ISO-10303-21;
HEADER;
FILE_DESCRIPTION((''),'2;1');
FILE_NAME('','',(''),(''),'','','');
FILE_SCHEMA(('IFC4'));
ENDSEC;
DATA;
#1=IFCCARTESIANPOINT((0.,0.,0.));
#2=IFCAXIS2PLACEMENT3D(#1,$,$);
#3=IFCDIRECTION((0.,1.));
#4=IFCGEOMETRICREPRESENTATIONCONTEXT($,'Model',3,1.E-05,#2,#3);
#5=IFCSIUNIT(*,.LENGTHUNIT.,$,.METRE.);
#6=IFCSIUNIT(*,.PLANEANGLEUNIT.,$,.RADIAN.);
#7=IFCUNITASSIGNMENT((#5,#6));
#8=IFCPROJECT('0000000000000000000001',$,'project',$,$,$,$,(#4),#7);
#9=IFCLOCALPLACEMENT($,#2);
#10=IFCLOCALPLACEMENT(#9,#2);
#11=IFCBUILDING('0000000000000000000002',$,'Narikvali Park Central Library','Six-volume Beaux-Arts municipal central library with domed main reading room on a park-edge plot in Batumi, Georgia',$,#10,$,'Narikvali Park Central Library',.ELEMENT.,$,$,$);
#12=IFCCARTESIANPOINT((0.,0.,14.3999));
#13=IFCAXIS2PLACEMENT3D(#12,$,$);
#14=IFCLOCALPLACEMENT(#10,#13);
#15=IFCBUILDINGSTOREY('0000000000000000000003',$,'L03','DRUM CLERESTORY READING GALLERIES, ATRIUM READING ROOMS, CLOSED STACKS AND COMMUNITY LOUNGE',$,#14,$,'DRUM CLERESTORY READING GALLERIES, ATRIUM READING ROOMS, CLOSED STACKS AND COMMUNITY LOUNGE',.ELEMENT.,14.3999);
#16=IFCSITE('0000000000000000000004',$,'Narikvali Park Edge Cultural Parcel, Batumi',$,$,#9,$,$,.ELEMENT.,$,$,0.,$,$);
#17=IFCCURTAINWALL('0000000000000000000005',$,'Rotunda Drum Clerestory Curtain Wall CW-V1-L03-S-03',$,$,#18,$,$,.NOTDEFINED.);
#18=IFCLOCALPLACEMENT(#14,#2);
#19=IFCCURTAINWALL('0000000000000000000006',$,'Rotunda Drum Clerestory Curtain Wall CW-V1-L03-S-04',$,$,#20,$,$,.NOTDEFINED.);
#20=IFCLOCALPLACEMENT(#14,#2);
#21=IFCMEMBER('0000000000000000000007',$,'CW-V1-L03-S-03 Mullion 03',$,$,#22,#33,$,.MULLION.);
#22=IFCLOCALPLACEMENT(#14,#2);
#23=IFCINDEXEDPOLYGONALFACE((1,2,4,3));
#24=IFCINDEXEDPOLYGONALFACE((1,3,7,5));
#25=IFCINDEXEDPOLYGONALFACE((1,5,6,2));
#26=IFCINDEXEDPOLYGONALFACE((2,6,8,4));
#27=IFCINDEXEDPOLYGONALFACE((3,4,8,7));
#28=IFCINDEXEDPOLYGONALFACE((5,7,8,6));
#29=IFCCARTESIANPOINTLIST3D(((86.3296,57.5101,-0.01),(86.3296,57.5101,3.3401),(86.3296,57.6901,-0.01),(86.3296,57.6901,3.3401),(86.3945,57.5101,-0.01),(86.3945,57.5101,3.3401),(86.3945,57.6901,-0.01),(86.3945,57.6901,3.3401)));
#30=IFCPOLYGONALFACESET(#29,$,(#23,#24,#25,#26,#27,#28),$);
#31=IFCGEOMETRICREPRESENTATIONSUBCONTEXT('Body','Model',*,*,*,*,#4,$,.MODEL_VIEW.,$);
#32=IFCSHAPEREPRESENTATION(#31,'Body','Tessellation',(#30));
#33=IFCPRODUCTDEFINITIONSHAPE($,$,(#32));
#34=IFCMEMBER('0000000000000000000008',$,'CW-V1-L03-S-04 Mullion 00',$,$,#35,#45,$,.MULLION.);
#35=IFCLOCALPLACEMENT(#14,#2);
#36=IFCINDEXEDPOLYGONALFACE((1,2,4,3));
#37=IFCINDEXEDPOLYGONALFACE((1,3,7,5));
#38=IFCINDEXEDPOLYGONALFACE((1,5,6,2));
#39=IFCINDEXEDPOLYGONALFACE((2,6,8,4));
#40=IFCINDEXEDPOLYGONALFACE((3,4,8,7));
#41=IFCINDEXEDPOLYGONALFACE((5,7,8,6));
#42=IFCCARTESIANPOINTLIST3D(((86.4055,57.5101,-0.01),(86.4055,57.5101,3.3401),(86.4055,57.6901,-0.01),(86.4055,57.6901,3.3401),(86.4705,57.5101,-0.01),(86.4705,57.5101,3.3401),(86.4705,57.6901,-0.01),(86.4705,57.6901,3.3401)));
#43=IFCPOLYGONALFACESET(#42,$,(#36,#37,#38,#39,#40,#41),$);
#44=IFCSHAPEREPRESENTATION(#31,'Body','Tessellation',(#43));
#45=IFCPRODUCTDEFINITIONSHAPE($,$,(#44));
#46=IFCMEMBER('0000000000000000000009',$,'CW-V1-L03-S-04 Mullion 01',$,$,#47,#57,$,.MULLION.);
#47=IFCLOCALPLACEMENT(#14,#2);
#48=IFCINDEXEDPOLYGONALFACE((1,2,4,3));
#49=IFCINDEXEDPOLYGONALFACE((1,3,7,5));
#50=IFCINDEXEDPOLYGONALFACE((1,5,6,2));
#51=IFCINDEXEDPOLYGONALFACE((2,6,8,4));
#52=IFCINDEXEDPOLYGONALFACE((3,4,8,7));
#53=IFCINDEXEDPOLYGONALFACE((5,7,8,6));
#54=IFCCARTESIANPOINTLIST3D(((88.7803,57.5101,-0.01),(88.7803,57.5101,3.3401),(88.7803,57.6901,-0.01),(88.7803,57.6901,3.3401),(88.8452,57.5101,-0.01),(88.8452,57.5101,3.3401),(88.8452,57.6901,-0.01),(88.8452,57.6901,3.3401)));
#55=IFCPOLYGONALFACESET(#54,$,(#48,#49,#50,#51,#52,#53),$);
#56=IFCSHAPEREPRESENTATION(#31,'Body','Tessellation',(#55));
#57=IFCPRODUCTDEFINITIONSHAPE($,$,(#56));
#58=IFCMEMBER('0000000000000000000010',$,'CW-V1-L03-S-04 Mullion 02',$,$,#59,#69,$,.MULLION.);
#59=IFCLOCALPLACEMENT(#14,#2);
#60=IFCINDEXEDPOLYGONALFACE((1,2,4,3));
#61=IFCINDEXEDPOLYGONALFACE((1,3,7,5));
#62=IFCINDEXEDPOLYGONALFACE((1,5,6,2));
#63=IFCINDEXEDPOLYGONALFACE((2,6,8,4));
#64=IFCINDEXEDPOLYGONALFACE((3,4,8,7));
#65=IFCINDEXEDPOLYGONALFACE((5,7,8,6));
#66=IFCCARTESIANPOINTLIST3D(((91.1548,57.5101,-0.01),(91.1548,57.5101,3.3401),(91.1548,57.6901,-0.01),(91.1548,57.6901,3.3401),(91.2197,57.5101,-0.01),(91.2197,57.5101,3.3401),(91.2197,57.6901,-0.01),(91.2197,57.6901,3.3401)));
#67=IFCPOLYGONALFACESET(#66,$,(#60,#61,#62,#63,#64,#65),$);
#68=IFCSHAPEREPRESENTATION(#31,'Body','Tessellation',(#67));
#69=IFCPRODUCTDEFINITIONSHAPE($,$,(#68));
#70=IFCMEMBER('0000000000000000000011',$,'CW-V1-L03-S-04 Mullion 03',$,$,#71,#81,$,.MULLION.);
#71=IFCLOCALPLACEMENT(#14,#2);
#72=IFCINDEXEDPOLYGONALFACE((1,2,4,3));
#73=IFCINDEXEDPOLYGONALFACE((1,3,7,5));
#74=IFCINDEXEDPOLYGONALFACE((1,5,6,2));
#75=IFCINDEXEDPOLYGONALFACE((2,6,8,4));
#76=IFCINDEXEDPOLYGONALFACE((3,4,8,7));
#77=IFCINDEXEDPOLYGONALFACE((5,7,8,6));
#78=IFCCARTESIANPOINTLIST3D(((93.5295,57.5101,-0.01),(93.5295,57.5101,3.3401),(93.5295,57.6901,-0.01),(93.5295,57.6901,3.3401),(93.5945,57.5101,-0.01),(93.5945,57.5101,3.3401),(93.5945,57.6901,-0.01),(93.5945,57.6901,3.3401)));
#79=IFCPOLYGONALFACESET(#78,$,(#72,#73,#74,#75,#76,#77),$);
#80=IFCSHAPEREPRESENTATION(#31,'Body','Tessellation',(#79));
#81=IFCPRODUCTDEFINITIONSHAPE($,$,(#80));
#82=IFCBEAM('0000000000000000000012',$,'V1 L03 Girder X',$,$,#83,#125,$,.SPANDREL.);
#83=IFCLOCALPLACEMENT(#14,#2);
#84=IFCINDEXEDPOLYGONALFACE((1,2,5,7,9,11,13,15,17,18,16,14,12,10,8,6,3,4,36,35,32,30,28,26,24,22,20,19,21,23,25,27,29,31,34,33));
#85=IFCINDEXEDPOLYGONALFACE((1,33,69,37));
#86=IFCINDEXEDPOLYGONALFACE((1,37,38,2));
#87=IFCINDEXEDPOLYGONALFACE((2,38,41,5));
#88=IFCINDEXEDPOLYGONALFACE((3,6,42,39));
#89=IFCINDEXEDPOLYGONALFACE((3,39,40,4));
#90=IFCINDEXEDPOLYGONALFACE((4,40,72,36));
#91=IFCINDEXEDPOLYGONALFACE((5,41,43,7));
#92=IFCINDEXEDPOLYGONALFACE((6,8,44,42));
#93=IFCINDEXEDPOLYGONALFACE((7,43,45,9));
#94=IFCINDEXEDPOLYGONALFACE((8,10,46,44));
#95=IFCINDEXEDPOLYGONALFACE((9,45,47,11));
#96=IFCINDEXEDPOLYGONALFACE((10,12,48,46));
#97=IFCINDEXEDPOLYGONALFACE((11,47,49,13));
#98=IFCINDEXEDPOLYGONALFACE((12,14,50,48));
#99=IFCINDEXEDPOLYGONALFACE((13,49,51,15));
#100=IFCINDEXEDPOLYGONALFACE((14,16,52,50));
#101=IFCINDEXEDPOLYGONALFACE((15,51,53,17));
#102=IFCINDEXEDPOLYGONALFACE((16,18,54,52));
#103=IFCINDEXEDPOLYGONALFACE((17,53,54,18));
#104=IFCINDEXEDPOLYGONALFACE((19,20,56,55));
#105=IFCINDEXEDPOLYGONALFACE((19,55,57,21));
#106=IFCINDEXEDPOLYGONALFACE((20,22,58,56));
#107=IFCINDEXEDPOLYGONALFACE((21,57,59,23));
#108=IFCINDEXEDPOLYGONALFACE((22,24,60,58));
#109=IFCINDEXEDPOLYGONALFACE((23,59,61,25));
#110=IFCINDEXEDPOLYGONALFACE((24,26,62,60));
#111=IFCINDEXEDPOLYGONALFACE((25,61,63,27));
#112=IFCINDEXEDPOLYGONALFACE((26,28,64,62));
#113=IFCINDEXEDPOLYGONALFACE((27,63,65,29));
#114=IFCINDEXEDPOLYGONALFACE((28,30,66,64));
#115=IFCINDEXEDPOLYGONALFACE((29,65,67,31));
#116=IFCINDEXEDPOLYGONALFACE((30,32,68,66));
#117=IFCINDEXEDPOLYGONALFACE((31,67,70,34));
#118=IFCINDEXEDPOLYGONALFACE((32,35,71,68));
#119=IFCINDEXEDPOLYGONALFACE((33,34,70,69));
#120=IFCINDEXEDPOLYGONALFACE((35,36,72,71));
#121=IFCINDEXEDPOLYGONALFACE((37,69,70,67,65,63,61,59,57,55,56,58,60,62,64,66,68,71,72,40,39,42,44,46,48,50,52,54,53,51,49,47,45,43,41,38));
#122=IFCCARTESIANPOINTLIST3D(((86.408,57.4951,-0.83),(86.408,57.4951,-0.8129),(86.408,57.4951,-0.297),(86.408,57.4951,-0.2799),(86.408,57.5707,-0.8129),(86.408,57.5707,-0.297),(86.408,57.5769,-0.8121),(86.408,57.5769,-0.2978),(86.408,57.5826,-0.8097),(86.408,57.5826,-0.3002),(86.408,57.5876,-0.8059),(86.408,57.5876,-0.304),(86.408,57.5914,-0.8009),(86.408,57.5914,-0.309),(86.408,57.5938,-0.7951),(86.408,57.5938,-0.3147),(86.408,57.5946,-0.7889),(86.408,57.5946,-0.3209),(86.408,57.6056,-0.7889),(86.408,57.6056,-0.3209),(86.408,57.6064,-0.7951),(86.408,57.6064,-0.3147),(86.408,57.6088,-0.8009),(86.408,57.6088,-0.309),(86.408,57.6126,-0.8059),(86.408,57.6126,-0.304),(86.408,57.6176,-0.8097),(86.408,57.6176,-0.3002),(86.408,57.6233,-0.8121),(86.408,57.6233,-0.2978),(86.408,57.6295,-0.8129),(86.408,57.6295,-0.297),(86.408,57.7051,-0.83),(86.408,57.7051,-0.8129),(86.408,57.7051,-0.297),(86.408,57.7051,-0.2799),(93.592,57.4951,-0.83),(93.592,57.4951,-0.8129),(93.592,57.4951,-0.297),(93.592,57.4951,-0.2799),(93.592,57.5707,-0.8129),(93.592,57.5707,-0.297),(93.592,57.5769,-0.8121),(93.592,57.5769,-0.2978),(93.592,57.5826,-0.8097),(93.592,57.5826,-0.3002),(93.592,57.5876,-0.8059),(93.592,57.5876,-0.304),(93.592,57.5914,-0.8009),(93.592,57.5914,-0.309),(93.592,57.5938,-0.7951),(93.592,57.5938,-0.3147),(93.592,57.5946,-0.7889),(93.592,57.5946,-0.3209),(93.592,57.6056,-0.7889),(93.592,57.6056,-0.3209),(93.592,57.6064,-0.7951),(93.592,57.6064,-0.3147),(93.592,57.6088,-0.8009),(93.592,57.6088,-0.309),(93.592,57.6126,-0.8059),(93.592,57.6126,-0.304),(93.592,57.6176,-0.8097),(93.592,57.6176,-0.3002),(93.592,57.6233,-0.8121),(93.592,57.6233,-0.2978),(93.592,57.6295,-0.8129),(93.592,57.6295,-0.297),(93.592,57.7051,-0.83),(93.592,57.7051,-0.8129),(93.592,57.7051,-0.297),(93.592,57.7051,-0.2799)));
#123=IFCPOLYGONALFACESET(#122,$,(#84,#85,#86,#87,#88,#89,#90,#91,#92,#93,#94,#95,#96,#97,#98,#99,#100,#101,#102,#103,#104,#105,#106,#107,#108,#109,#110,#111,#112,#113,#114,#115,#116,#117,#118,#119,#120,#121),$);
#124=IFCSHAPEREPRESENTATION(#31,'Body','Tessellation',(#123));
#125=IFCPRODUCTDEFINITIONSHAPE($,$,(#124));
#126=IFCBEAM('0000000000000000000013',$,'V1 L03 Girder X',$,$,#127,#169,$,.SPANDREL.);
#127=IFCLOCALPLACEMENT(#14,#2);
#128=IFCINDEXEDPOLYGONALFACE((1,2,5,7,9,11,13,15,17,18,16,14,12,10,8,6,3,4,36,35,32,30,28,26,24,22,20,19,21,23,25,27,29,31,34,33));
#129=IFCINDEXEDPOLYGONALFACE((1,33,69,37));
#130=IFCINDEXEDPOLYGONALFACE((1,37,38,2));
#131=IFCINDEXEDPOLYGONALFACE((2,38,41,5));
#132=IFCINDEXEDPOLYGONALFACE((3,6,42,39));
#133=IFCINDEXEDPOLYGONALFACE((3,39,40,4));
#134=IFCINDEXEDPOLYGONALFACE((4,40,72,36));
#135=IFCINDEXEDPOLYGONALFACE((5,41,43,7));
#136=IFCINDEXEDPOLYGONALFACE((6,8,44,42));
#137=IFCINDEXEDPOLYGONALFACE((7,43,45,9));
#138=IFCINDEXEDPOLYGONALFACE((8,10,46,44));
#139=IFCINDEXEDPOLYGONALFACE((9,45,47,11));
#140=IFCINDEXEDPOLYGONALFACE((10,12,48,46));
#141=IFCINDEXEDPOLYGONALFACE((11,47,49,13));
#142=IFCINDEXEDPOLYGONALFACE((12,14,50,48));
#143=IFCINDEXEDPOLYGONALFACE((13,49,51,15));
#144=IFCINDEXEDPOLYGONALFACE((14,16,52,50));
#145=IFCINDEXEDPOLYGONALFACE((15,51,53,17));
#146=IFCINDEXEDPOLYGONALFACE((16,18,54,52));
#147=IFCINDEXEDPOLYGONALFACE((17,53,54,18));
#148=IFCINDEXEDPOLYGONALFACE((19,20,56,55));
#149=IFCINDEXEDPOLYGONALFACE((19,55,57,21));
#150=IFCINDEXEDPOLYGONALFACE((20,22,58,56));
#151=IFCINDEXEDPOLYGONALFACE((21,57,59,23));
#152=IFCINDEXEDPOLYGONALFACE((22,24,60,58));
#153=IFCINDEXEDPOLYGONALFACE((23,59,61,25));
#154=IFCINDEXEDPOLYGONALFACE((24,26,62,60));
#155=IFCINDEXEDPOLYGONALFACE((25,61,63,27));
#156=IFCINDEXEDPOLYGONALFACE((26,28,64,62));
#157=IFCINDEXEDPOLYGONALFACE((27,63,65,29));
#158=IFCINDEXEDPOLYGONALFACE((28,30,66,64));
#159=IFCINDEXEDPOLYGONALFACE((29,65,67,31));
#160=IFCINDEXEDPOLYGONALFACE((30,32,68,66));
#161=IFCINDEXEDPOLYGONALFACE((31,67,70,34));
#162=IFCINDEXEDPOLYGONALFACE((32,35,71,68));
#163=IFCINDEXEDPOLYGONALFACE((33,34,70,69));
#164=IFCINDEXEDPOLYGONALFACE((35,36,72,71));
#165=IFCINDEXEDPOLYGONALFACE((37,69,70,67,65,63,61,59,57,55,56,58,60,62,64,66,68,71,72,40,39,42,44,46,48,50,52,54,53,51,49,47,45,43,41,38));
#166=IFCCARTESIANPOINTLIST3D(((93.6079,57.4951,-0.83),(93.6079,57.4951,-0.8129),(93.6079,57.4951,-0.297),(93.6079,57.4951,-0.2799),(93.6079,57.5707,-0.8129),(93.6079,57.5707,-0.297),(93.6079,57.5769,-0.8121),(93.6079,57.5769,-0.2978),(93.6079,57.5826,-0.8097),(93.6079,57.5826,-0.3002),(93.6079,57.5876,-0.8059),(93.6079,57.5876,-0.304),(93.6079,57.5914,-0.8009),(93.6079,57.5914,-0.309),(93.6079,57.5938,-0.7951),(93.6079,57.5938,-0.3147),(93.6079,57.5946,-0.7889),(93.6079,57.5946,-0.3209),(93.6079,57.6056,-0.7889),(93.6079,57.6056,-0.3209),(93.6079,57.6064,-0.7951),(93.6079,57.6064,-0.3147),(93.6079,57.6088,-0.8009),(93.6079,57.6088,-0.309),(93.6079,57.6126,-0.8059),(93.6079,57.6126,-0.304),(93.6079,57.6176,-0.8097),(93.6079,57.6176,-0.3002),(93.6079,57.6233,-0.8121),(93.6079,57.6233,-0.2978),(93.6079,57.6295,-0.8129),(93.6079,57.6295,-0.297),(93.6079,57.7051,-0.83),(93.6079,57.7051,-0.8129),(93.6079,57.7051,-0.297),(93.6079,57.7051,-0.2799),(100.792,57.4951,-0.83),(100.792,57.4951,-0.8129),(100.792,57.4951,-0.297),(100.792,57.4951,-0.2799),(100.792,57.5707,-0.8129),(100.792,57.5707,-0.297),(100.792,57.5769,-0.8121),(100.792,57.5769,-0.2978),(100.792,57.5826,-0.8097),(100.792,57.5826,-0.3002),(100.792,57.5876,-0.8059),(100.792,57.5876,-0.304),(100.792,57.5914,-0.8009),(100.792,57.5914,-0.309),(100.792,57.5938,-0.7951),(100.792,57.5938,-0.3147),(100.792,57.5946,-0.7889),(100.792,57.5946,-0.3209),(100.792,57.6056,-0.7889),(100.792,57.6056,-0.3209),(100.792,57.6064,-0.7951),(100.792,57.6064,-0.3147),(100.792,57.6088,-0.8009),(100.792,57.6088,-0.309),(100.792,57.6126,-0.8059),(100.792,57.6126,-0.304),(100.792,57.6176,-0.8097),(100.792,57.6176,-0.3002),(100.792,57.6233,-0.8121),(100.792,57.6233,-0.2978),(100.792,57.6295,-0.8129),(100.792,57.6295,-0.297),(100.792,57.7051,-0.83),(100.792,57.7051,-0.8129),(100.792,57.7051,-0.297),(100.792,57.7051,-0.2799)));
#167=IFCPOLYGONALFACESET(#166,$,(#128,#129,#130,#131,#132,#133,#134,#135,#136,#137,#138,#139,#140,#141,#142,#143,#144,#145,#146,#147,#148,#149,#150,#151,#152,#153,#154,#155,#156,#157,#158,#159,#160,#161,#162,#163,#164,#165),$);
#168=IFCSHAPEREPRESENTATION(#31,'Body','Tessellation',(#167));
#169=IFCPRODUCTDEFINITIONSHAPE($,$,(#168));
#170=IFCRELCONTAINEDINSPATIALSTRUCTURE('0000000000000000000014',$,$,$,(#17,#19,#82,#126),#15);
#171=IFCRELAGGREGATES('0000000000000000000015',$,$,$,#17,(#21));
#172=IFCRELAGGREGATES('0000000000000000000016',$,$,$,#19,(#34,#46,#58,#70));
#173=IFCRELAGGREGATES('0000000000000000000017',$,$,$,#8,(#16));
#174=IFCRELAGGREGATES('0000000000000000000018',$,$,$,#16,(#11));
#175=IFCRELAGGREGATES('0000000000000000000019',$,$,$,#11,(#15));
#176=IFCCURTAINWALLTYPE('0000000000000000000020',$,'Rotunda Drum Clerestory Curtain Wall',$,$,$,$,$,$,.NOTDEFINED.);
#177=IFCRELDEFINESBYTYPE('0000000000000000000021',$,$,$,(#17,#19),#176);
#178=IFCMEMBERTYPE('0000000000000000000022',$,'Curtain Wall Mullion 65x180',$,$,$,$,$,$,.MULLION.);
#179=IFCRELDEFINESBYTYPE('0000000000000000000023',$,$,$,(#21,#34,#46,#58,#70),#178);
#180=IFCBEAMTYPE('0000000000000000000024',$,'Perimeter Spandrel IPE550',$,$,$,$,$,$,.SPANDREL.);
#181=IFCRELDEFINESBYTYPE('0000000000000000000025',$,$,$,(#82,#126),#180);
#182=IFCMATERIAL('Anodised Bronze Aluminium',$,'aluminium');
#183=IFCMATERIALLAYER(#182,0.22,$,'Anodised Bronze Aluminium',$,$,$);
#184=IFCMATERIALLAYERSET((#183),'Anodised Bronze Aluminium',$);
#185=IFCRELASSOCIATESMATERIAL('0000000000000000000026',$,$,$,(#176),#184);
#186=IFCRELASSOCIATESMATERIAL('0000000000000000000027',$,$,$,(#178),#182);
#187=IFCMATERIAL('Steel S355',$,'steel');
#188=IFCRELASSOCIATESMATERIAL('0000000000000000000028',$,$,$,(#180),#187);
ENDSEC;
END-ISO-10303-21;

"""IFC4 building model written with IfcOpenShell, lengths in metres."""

from ifc_helpers import new_model, si_unit, direction, frame, origin, origin_2d, place, context, subcontext, project, spatial, rectangle, i_section, extrude, material, layer, layer_set, material_profile, profile_set, type_object, element, aggregate, save


model = new_model("IFC4")

# Units and contexts
model_context = context("Model", 3, precision=1e-05, world=origin(), true_north=direction((0.0, 1.0)))
body_context = subcontext(model_context, "Body", "Model", "MODEL_VIEW")
ifc_project = project(units=[si_unit("LENGTHUNIT", "METRE"), si_unit("PLANEANGLEUNIT", "RADIAN")], contexts=[model_context])

# Site, building, storey
site_placement = place(None, origin())
site = spatial("IfcSite", under=ifc_project, at=site_placement, Name="Narikvali Park Edge Cultural Parcel, Batumi", CompositionType="ELEMENT", RefElevation=0.0)
building_placement = place(site_placement, origin())
building = spatial("IfcBuilding", under=site, at=building_placement, Name="Narikvali Park Central Library", Description="Six-volume Beaux-Arts municipal central library with domed main reading room on a park-edge plot in Batumi, Georgia", LongName="Narikvali Park Central Library", CompositionType="ELEMENT")
storey_placement = place(building_placement, frame((0.0, 0.0, 14.3999)))
storey = spatial("IfcBuildingStorey", under=building, at=storey_placement, Name="L03", Description="DRUM CLERESTORY READING GALLERIES, ATRIUM READING ROOMS, CLOSED STACKS AND COMMUNITY LOUNGE", LongName="DRUM CLERESTORY READING GALLERIES, ATRIUM READING ROOMS, CLOSED STACKS AND COMMUNITY LOUNGE", CompositionType="ELEMENT", Elevation=14.3999)

# Shared definitions
ifc_material_1 = material(Name="Steel S355", Category="steel")

# Curtain wall
ifc_material_2 = material(Name="Anodised Bronze Aluminium", Category="aluminium")
ifc_layer_1 = layer(ifc_material_2, 0.22, Name="Anodised Bronze Aluminium")
ifc_layer_set_1 = layer_set([ifc_layer_1], Name="Anodised Bronze Aluminium")
curtain_wall_type_1 = type_object("IfcCurtainWallType", Name="Rotunda Drum Clerestory Curtain Wall", PredefinedType="NOTDEFINED", material=ifc_layer_set_1)
curtain_wall_1_placement = place(storey_placement, origin())
curtain_wall_1 = element("IfcCurtainWall", 1, at=curtain_wall_1_placement, inside=storey, type_object=curtain_wall_type_1, Name="Rotunda Drum Clerestory Curtain Wall CW-V1-L03-S-03", PredefinedType="NOTDEFINED")

# Curtain wall
curtain_wall_2_placement = place(storey_placement, origin())
curtain_wall_2 = element("IfcCurtainWall", 2, at=curtain_wall_2_placement, inside=storey, type_object=curtain_wall_type_1, Name="Rotunda Drum Clerestory Curtain Wall CW-V1-L03-S-04", PredefinedType="NOTDEFINED")

# Members
ifc_material_profile_1 = material_profile(ifc_material_2, rectangle(XDim=0.0649, YDim=0.1799, at=origin_2d()), Name="CW MULLION 65x180")
ifc_profile_set_1 = profile_set([ifc_material_profile_1], Name="Anodised Bronze Aluminium")
member_type_1 = type_object("IfcMemberType", Name="Curtain Wall Mullion 65x180", PredefinedType="MULLION", material=ifc_profile_set_1)
member_1_placement = place(storey_placement, frame((86.3621, 57.6001, -0.01), z_axis=(0.0, 0.0, 1.0), x_axis=(1.0, 0.0, 0.0)))
member_1 = element("IfcMember", 3, at=member_1_placement, type_object=member_type_1, Name="CW-V1-L03-S-03 Mullion 03", PredefinedType="MULLION", context=body_context, shape_type="SweptSolid", body=[
    extrude(rectangle(XDim=0.0649, YDim=0.1799, at=origin_2d()), origin(), (0.0, 0.0, 1.0), 3.3501),
])
member_2_placement = place(storey_placement, frame((86.438, 57.6001, -0.01), z_axis=(0.0, 0.0, 1.0), x_axis=(1.0, 0.0, 0.0)))
member_2 = element("IfcMember", 4, at=member_2_placement, type_object=member_type_1, Name="CW-V1-L03-S-04 Mullion 00", PredefinedType="MULLION", context=body_context, shape_type="SweptSolid", body=[
    extrude(rectangle(XDim=0.0649, YDim=0.1799, at=origin_2d()), origin(), (0.0, 0.0, 1.0), 3.3501),
])
member_3_placement = place(storey_placement, frame((88.8127, 57.6001, -0.01), z_axis=(0.0, 0.0, 1.0), x_axis=(1.0, 0.0, 0.0)))
member_3 = element("IfcMember", 5, at=member_3_placement, type_object=member_type_1, Name="CW-V1-L03-S-04 Mullion 01", PredefinedType="MULLION", context=body_context, shape_type="SweptSolid", body=[
    extrude(rectangle(XDim=0.0649, YDim=0.1799, at=origin_2d()), origin(), (0.0, 0.0, 1.0), 3.3501),
])
member_4_placement = place(storey_placement, frame((91.1873, 57.6001, -0.01), z_axis=(0.0, 0.0, 1.0), x_axis=(1.0, 0.0, 0.0)))
member_4 = element("IfcMember", 6, at=member_4_placement, type_object=member_type_1, Name="CW-V1-L03-S-04 Mullion 02", PredefinedType="MULLION", context=body_context, shape_type="SweptSolid", body=[
    extrude(rectangle(XDim=0.0649, YDim=0.1799, at=origin_2d()), origin(), (0.0, 0.0, 1.0), 3.3501),
])
member_5_placement = place(storey_placement, frame((93.562, 57.6001, -0.01), z_axis=(0.0, 0.0, 1.0), x_axis=(1.0, 0.0, 0.0)))
member_5 = element("IfcMember", 7, at=member_5_placement, type_object=member_type_1, Name="CW-V1-L03-S-04 Mullion 03", PredefinedType="MULLION", context=body_context, shape_type="SweptSolid", body=[
    extrude(rectangle(XDim=0.0649, YDim=0.1799, at=origin_2d()), origin(), (0.0, 0.0, 1.0), 3.3501),
])

# Beams
ifc_material_profile_2 = material_profile(ifc_material_1, i_section(OverallWidth=0.21, OverallDepth=0.55, WebThickness=0.011, FlangeThickness=0.0171, FilletRadius=0.0239, at=origin_2d()), Name="IPE 550")
ifc_profile_set_2 = profile_set([ifc_material_profile_2], Name="Steel S355")
beam_type_1 = type_object("IfcBeamType", Name="Perimeter Spandrel IPE550", PredefinedType="SPANDREL", material=ifc_profile_set_2)
for number, where, z_axis, x_axis, name in (
    (8, (86.408, 57.6001, -0.5549), (1.0, 0.0, 0.0), (0.0, 1.0, 0.0), "V1 L03 Girder X"),
    (9, (93.6079, 57.6001, -0.5549), (1.0, 0.0, 0.0), (0.0, 1.0, 0.0), "V1 L03 Girder X"),
):
    element("IfcBeam", number, at=place(storey_placement, frame(where, z_axis=z_axis, x_axis=x_axis)), inside=storey, type_object=beam_type_1, Name=name, PredefinedType="SPANDREL", context=body_context, shape_type="SweptSolid", body=[
        extrude(i_section(OverallWidth=0.21, OverallDepth=0.55, WebThickness=0.011, FlangeThickness=0.0171, FilletRadius=0.0239, at=origin_2d()), origin(), (0.0, 0.0, 1.0), 7.1841),
    ])

aggregate(curtain_wall_1, [member_1])
aggregate(curtain_wall_2, [member_2, member_3, member_4, member_5])

save(model, "model.ifc")
